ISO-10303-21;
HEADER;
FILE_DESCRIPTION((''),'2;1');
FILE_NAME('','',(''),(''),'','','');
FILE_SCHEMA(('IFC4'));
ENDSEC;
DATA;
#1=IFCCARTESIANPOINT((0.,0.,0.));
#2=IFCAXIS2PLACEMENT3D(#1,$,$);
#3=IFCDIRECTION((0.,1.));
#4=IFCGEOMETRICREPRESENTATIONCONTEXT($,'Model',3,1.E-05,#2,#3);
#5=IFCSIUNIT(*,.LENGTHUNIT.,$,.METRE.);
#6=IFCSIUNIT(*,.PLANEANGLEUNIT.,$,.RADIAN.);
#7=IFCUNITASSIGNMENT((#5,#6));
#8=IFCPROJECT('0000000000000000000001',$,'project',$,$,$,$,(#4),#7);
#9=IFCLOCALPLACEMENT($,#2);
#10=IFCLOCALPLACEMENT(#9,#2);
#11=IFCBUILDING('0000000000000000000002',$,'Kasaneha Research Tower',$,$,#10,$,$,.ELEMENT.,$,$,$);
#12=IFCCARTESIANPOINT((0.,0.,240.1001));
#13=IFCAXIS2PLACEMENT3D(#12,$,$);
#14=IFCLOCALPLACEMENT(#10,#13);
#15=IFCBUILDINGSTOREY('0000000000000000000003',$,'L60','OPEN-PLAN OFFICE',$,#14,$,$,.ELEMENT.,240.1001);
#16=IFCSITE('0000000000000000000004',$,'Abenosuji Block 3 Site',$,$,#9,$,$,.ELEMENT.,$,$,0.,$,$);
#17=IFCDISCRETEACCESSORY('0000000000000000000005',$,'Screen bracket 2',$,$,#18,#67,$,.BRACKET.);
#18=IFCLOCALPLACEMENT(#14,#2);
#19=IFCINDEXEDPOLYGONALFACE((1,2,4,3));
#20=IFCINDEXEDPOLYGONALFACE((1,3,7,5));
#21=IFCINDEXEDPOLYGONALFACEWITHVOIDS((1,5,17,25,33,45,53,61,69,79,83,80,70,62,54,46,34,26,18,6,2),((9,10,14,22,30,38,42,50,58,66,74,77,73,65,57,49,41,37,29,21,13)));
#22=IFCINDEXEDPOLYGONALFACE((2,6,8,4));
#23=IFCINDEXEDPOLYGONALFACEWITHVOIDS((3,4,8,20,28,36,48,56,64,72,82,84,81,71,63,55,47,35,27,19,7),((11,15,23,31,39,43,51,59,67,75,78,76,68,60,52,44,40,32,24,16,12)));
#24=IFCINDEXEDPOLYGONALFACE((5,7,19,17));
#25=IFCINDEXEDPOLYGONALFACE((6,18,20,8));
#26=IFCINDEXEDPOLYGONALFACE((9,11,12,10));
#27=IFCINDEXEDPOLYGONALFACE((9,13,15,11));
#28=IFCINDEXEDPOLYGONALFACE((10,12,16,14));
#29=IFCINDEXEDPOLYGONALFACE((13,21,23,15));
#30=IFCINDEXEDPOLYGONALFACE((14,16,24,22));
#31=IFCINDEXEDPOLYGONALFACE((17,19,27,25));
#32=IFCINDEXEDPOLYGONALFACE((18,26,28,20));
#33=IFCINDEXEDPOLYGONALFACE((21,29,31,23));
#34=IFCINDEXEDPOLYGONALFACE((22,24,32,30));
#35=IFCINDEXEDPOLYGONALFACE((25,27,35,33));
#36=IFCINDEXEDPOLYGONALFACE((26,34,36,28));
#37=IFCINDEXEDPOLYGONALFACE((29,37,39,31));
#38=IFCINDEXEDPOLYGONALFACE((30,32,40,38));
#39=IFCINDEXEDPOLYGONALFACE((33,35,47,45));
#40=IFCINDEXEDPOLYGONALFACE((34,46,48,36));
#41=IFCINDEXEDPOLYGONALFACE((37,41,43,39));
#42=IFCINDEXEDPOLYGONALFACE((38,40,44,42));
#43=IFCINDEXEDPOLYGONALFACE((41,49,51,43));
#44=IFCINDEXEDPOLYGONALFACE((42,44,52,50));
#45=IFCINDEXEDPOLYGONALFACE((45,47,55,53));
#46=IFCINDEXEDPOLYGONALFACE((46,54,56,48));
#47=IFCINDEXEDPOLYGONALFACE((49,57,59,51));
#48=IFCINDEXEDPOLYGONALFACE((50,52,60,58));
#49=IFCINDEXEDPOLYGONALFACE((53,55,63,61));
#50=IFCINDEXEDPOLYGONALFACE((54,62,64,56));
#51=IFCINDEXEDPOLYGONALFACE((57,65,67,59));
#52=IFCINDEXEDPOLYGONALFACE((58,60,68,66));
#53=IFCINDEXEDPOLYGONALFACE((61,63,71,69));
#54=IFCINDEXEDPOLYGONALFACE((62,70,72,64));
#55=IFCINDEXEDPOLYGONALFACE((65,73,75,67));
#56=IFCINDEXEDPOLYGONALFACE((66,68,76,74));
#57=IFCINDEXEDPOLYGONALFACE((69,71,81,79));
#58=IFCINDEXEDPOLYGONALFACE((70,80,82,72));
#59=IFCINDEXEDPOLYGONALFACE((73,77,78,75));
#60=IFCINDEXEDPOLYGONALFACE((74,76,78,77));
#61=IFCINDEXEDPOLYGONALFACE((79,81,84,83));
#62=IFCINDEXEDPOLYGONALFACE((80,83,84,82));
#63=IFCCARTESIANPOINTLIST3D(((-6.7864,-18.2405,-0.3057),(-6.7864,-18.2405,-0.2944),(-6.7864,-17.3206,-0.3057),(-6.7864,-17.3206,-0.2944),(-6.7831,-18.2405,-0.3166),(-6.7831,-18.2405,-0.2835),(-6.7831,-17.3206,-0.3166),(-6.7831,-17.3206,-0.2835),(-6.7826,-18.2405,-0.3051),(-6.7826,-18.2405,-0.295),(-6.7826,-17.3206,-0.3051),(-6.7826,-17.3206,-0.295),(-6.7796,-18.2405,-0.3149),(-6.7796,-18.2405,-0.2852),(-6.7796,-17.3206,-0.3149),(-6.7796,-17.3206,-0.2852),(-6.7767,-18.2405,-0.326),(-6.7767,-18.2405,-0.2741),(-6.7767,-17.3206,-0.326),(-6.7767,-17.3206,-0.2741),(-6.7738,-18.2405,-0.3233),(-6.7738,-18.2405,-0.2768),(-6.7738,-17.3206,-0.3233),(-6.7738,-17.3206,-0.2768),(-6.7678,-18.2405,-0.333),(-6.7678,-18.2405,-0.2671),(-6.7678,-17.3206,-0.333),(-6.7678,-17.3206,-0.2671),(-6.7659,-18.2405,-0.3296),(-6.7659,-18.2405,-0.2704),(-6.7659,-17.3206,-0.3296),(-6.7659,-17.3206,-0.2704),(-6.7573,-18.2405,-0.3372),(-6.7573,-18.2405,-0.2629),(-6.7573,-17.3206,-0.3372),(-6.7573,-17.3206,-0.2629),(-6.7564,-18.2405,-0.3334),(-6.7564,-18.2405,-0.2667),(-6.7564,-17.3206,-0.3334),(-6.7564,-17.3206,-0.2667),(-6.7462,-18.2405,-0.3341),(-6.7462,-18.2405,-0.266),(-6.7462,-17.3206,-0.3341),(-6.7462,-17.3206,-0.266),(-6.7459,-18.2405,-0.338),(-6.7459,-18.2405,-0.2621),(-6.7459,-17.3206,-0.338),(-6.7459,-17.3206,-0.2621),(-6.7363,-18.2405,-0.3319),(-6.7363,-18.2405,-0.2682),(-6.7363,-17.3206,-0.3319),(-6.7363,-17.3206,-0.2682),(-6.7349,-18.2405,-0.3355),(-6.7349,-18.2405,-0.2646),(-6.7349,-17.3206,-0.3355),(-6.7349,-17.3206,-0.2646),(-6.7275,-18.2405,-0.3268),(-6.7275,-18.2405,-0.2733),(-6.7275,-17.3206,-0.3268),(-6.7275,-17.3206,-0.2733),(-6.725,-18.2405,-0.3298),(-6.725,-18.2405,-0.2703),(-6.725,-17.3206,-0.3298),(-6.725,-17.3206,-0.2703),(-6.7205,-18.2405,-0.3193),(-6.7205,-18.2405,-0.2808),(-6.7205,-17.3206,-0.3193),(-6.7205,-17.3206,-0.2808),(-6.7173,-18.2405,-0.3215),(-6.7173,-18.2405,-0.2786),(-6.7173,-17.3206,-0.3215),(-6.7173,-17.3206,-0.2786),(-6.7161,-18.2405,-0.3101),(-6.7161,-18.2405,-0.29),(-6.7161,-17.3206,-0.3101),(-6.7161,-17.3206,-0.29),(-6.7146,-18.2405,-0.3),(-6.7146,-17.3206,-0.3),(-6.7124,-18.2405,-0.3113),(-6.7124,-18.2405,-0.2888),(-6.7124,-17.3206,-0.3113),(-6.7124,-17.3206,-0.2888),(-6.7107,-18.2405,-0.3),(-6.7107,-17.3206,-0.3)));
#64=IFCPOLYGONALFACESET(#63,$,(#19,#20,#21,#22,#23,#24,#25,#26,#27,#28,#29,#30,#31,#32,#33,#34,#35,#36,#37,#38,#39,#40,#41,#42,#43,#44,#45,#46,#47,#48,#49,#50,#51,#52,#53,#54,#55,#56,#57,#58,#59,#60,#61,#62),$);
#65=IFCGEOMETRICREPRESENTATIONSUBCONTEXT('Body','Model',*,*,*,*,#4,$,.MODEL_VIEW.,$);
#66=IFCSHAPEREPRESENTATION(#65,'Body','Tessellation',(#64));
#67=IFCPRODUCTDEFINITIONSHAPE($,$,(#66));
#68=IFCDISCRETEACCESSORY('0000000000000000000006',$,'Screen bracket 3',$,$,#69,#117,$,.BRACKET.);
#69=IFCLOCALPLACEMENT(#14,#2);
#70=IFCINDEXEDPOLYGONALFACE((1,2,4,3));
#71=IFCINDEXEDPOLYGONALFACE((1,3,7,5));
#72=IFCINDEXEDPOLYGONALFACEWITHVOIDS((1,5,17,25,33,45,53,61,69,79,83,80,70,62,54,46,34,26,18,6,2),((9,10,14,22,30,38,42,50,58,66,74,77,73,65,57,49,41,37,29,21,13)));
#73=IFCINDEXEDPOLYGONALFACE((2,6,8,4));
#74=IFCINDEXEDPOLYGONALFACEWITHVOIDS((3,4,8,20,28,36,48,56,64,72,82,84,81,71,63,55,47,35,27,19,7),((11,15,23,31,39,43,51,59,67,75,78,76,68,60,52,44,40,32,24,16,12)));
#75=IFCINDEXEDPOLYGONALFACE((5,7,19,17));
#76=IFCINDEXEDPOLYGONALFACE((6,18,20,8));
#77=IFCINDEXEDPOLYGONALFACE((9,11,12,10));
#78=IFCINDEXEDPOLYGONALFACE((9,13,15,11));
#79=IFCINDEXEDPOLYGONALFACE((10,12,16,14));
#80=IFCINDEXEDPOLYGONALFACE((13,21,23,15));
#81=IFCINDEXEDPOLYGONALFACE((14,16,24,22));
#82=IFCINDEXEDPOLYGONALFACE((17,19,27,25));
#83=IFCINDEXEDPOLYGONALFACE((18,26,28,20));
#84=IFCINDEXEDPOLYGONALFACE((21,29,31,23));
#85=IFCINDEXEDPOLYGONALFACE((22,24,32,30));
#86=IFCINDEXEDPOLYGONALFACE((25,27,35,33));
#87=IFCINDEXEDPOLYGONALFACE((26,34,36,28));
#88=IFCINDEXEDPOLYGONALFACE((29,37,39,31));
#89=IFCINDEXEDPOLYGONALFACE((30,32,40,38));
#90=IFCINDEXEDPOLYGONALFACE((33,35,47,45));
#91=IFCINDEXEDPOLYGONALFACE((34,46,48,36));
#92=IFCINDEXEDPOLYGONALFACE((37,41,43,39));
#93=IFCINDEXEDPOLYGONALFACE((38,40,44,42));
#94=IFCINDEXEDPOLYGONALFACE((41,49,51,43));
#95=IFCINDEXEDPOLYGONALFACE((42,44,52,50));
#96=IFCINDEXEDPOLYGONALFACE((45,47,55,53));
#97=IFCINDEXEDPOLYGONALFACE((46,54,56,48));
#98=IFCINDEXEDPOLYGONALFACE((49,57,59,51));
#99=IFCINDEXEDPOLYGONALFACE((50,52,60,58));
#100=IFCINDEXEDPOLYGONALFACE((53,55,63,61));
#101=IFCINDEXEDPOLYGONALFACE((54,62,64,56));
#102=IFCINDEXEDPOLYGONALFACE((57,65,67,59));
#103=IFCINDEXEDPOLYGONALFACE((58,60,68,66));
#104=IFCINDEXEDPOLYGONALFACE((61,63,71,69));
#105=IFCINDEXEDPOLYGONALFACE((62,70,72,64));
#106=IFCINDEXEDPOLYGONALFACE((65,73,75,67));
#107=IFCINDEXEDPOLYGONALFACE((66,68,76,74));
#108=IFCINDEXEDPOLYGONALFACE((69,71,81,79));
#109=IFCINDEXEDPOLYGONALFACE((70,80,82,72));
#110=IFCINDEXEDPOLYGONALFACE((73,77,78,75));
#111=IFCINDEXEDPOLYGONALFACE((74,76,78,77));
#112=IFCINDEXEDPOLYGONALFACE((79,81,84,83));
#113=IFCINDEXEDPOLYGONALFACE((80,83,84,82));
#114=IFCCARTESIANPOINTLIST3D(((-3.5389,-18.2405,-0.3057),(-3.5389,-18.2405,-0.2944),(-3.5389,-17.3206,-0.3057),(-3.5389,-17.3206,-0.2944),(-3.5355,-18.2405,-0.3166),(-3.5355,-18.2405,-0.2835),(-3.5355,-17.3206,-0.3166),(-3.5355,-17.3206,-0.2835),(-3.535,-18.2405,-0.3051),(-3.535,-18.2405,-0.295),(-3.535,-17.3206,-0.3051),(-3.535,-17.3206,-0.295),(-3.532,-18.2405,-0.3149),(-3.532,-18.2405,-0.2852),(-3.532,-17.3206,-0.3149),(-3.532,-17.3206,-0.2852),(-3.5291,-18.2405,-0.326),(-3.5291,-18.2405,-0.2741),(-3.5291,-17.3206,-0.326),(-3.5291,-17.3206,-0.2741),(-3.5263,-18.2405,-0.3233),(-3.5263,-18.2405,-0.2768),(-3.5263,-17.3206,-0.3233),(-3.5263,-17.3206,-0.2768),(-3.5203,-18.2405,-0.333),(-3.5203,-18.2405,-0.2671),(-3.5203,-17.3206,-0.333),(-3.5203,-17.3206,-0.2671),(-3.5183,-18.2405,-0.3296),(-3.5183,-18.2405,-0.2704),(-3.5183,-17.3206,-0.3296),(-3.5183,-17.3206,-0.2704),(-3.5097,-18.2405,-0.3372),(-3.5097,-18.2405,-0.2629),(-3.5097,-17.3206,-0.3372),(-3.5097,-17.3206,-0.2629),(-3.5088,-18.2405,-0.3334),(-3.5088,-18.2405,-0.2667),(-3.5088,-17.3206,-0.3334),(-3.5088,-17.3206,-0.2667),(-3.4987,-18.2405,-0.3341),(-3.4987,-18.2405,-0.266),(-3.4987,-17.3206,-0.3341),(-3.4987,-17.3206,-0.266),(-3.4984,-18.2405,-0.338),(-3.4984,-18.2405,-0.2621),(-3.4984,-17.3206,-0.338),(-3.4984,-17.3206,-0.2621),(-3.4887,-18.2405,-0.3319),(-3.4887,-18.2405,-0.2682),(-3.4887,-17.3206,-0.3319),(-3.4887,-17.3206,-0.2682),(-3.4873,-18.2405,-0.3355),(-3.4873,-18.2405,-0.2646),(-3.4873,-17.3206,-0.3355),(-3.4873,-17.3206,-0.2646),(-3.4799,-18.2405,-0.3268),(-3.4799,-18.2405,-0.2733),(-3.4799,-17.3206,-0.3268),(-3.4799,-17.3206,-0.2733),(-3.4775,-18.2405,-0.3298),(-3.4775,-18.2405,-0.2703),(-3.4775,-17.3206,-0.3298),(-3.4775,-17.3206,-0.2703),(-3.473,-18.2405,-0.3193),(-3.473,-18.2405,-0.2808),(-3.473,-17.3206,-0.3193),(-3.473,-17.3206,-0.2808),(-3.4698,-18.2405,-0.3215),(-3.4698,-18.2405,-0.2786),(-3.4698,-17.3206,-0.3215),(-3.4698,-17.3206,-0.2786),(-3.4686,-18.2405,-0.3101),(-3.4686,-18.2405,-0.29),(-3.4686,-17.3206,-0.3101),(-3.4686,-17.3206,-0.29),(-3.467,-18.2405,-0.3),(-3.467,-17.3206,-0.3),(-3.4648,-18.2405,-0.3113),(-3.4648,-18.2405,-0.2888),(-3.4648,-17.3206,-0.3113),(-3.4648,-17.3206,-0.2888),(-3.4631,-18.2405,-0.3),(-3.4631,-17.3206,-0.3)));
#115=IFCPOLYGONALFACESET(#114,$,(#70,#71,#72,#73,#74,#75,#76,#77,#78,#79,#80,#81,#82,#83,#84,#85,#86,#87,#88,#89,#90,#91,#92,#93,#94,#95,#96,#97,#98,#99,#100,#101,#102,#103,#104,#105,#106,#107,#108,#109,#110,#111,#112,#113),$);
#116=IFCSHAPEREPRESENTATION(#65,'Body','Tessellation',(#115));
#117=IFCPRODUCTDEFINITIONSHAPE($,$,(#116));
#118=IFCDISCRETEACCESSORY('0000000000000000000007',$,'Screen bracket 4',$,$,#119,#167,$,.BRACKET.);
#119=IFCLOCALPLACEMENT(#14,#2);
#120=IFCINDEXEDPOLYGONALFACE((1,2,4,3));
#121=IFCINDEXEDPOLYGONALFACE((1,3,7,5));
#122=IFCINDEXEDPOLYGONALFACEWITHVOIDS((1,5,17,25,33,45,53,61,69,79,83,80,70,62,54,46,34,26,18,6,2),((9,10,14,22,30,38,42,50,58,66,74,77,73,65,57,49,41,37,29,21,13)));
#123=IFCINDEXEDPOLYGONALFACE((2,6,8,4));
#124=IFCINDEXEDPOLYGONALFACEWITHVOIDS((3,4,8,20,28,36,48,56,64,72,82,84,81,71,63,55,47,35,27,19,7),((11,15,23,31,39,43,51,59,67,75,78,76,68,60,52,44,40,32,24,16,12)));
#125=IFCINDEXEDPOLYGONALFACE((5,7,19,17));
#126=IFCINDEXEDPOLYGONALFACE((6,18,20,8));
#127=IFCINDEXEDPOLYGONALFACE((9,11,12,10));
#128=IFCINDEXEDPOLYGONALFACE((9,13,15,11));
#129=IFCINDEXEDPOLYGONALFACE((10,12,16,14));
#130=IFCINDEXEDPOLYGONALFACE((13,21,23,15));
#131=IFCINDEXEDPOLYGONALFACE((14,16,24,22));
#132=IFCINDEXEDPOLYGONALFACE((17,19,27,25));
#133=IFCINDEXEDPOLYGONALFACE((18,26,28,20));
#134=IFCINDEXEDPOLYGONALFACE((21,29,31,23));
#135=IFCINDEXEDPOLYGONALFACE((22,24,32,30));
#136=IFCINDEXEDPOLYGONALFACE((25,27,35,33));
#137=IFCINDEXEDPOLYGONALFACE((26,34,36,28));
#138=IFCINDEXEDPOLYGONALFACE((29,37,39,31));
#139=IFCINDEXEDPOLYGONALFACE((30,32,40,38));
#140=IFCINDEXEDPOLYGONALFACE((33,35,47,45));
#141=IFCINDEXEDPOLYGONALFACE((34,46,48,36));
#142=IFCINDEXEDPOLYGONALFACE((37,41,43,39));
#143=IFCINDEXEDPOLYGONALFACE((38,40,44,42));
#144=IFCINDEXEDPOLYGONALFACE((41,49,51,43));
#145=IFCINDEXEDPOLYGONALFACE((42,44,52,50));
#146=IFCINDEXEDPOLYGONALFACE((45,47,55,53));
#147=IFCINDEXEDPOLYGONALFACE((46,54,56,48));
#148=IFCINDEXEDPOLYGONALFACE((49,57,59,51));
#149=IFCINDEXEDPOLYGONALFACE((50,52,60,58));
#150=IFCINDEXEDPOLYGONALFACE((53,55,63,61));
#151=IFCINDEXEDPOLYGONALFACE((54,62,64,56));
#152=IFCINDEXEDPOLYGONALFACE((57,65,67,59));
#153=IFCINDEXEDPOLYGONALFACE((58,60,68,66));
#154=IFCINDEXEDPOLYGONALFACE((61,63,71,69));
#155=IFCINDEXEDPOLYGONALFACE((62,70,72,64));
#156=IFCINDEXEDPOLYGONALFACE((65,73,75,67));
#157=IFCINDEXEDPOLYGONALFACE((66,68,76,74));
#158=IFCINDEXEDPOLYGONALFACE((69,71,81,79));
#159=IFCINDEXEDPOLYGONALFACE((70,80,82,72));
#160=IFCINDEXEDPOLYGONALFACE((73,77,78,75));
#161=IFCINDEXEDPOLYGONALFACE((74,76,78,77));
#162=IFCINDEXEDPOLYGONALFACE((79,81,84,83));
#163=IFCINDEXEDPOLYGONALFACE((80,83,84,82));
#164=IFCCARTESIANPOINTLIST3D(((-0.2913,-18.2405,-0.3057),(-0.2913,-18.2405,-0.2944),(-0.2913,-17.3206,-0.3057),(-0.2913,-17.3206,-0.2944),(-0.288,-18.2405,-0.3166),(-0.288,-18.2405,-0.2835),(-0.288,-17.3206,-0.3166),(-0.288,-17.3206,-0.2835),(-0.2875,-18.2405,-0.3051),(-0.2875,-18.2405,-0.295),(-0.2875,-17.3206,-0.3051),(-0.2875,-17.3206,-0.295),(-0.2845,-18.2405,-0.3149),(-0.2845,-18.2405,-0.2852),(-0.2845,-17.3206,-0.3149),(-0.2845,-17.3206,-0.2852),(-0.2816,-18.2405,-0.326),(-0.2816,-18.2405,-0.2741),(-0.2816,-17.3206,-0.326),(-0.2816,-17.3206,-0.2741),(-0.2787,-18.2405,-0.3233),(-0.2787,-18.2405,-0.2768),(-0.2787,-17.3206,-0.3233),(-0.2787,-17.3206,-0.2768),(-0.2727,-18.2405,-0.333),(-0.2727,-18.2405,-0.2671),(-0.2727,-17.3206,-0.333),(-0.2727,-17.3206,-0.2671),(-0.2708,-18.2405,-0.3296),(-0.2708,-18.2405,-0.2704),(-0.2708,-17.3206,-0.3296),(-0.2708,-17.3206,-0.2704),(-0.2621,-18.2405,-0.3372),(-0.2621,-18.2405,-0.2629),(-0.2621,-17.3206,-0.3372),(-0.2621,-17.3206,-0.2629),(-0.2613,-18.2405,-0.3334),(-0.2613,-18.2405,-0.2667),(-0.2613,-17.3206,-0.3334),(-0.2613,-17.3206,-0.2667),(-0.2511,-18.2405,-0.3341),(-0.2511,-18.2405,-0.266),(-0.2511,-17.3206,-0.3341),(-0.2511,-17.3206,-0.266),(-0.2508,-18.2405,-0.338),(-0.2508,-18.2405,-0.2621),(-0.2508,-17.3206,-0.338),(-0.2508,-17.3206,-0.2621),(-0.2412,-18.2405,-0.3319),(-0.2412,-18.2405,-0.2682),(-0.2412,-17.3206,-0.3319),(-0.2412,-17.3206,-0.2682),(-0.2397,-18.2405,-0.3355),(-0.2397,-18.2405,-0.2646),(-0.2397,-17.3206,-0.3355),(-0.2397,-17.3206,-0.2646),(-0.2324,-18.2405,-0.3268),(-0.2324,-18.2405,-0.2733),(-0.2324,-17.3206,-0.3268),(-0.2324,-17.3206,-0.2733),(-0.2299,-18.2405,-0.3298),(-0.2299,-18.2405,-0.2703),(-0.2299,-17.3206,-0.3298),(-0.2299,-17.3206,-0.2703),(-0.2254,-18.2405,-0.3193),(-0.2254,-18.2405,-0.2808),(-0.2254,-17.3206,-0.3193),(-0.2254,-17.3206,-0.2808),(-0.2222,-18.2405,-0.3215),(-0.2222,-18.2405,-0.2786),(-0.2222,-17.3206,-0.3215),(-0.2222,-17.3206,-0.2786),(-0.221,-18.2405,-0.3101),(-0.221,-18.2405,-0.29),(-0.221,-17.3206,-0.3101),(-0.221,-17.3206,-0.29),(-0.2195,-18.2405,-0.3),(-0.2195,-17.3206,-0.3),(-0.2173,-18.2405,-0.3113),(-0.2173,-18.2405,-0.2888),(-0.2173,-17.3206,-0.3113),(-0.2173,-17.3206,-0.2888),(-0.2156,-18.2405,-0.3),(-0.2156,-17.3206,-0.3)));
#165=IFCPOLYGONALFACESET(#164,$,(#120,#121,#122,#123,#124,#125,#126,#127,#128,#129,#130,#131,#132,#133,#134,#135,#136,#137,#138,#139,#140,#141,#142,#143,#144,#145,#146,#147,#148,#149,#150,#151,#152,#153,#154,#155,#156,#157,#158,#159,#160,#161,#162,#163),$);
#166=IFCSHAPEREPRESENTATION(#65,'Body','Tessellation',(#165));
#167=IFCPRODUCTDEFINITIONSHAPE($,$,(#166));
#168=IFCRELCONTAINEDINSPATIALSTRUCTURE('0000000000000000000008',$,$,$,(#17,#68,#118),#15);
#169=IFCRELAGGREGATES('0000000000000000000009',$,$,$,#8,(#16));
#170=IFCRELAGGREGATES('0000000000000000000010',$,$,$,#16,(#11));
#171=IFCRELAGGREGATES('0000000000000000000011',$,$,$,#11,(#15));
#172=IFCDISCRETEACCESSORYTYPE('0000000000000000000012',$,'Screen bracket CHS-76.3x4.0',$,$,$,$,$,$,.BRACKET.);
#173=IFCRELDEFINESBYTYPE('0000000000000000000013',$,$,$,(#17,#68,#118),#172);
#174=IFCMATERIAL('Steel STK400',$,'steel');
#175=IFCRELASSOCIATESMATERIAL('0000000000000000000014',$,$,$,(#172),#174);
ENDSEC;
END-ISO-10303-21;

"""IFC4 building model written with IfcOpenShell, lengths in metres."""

from ifc_helpers import new_model, si_unit, direction, frame, origin, origin_2d, place, context, subcontext, project, spatial, hollow_circle, extrude, material, material_profile, profile_set, type_object, element, save


model = new_model("IFC4")

# Units and contexts
model_context = context("Model", 3, precision=1e-05, world=origin(), true_north=direction((0.0, 1.0)))
body_context = subcontext(model_context, "Body", "Model", "MODEL_VIEW")
ifc_project = project(units=[si_unit("LENGTHUNIT", "METRE"), si_unit("PLANEANGLEUNIT", "RADIAN")], contexts=[model_context])

# Site, building, storey
site_placement = place(None, origin())
site = spatial("IfcSite", under=ifc_project, at=site_placement, Name="Abenosuji Block 3 Site", CompositionType="ELEMENT", RefElevation=0.0)
building_placement = place(site_placement, origin())
building = spatial("IfcBuilding", under=site, at=building_placement, Name="Kasaneha Research Tower", CompositionType="ELEMENT")
storey_placement = place(building_placement, frame((0.0, 0.0, 240.1001)))
storey = spatial("IfcBuildingStorey", under=building, at=storey_placement, Name="L60", Description="OPEN-PLAN OFFICE", CompositionType="ELEMENT", Elevation=240.1001)

# Discrete accessories
ifc_material_1 = material(Name="Steel STK400", Category="steel")
ifc_material_profile_1 = material_profile(ifc_material_1, hollow_circle(Radius=0.0381, WallThickness=0.0039, at=origin_2d()), Name="CHS-76.3x4.0")
ifc_profile_set_1 = profile_set([ifc_material_profile_1], Name="Steel STK400")
discrete_accessory_type = type_object("IfcDiscreteAccessoryType", Name="Screen bracket CHS-76.3x4.0", PredefinedType="BRACKET", material=ifc_profile_set_1)
for number, where, z_axis, x_axis, name in (
    (1, (-6.7488, -17.3206, -0.3), (0.0, -1.0, 0.0), (1.0, 0.0, 0.0), "Screen bracket 2"),
    (2, (-3.5012, -17.3206, -0.3), (0.0, -1.0, 0.0), (1.0, 0.0, 0.0), "Screen bracket 3"),
    (3, (-0.2537, -17.3206, -0.3), (0.0, -1.0, 0.0), (1.0, 0.0, 0.0), "Screen bracket 4"),
):
    element("IfcDiscreteAccessory", number, at=place(storey_placement, frame(where, z_axis=z_axis, x_axis=x_axis)), inside=storey, type_object=discrete_accessory_type, Name=name, PredefinedType="BRACKET", context=body_context, shape_type="SweptSolid", body=[
        extrude(hollow_circle(Radius=0.0381, WallThickness=0.0039, at=origin_2d()), origin(), (0.0, 0.0, 1.0), 0.9199),
    ])

save(model, "model.ifc")
